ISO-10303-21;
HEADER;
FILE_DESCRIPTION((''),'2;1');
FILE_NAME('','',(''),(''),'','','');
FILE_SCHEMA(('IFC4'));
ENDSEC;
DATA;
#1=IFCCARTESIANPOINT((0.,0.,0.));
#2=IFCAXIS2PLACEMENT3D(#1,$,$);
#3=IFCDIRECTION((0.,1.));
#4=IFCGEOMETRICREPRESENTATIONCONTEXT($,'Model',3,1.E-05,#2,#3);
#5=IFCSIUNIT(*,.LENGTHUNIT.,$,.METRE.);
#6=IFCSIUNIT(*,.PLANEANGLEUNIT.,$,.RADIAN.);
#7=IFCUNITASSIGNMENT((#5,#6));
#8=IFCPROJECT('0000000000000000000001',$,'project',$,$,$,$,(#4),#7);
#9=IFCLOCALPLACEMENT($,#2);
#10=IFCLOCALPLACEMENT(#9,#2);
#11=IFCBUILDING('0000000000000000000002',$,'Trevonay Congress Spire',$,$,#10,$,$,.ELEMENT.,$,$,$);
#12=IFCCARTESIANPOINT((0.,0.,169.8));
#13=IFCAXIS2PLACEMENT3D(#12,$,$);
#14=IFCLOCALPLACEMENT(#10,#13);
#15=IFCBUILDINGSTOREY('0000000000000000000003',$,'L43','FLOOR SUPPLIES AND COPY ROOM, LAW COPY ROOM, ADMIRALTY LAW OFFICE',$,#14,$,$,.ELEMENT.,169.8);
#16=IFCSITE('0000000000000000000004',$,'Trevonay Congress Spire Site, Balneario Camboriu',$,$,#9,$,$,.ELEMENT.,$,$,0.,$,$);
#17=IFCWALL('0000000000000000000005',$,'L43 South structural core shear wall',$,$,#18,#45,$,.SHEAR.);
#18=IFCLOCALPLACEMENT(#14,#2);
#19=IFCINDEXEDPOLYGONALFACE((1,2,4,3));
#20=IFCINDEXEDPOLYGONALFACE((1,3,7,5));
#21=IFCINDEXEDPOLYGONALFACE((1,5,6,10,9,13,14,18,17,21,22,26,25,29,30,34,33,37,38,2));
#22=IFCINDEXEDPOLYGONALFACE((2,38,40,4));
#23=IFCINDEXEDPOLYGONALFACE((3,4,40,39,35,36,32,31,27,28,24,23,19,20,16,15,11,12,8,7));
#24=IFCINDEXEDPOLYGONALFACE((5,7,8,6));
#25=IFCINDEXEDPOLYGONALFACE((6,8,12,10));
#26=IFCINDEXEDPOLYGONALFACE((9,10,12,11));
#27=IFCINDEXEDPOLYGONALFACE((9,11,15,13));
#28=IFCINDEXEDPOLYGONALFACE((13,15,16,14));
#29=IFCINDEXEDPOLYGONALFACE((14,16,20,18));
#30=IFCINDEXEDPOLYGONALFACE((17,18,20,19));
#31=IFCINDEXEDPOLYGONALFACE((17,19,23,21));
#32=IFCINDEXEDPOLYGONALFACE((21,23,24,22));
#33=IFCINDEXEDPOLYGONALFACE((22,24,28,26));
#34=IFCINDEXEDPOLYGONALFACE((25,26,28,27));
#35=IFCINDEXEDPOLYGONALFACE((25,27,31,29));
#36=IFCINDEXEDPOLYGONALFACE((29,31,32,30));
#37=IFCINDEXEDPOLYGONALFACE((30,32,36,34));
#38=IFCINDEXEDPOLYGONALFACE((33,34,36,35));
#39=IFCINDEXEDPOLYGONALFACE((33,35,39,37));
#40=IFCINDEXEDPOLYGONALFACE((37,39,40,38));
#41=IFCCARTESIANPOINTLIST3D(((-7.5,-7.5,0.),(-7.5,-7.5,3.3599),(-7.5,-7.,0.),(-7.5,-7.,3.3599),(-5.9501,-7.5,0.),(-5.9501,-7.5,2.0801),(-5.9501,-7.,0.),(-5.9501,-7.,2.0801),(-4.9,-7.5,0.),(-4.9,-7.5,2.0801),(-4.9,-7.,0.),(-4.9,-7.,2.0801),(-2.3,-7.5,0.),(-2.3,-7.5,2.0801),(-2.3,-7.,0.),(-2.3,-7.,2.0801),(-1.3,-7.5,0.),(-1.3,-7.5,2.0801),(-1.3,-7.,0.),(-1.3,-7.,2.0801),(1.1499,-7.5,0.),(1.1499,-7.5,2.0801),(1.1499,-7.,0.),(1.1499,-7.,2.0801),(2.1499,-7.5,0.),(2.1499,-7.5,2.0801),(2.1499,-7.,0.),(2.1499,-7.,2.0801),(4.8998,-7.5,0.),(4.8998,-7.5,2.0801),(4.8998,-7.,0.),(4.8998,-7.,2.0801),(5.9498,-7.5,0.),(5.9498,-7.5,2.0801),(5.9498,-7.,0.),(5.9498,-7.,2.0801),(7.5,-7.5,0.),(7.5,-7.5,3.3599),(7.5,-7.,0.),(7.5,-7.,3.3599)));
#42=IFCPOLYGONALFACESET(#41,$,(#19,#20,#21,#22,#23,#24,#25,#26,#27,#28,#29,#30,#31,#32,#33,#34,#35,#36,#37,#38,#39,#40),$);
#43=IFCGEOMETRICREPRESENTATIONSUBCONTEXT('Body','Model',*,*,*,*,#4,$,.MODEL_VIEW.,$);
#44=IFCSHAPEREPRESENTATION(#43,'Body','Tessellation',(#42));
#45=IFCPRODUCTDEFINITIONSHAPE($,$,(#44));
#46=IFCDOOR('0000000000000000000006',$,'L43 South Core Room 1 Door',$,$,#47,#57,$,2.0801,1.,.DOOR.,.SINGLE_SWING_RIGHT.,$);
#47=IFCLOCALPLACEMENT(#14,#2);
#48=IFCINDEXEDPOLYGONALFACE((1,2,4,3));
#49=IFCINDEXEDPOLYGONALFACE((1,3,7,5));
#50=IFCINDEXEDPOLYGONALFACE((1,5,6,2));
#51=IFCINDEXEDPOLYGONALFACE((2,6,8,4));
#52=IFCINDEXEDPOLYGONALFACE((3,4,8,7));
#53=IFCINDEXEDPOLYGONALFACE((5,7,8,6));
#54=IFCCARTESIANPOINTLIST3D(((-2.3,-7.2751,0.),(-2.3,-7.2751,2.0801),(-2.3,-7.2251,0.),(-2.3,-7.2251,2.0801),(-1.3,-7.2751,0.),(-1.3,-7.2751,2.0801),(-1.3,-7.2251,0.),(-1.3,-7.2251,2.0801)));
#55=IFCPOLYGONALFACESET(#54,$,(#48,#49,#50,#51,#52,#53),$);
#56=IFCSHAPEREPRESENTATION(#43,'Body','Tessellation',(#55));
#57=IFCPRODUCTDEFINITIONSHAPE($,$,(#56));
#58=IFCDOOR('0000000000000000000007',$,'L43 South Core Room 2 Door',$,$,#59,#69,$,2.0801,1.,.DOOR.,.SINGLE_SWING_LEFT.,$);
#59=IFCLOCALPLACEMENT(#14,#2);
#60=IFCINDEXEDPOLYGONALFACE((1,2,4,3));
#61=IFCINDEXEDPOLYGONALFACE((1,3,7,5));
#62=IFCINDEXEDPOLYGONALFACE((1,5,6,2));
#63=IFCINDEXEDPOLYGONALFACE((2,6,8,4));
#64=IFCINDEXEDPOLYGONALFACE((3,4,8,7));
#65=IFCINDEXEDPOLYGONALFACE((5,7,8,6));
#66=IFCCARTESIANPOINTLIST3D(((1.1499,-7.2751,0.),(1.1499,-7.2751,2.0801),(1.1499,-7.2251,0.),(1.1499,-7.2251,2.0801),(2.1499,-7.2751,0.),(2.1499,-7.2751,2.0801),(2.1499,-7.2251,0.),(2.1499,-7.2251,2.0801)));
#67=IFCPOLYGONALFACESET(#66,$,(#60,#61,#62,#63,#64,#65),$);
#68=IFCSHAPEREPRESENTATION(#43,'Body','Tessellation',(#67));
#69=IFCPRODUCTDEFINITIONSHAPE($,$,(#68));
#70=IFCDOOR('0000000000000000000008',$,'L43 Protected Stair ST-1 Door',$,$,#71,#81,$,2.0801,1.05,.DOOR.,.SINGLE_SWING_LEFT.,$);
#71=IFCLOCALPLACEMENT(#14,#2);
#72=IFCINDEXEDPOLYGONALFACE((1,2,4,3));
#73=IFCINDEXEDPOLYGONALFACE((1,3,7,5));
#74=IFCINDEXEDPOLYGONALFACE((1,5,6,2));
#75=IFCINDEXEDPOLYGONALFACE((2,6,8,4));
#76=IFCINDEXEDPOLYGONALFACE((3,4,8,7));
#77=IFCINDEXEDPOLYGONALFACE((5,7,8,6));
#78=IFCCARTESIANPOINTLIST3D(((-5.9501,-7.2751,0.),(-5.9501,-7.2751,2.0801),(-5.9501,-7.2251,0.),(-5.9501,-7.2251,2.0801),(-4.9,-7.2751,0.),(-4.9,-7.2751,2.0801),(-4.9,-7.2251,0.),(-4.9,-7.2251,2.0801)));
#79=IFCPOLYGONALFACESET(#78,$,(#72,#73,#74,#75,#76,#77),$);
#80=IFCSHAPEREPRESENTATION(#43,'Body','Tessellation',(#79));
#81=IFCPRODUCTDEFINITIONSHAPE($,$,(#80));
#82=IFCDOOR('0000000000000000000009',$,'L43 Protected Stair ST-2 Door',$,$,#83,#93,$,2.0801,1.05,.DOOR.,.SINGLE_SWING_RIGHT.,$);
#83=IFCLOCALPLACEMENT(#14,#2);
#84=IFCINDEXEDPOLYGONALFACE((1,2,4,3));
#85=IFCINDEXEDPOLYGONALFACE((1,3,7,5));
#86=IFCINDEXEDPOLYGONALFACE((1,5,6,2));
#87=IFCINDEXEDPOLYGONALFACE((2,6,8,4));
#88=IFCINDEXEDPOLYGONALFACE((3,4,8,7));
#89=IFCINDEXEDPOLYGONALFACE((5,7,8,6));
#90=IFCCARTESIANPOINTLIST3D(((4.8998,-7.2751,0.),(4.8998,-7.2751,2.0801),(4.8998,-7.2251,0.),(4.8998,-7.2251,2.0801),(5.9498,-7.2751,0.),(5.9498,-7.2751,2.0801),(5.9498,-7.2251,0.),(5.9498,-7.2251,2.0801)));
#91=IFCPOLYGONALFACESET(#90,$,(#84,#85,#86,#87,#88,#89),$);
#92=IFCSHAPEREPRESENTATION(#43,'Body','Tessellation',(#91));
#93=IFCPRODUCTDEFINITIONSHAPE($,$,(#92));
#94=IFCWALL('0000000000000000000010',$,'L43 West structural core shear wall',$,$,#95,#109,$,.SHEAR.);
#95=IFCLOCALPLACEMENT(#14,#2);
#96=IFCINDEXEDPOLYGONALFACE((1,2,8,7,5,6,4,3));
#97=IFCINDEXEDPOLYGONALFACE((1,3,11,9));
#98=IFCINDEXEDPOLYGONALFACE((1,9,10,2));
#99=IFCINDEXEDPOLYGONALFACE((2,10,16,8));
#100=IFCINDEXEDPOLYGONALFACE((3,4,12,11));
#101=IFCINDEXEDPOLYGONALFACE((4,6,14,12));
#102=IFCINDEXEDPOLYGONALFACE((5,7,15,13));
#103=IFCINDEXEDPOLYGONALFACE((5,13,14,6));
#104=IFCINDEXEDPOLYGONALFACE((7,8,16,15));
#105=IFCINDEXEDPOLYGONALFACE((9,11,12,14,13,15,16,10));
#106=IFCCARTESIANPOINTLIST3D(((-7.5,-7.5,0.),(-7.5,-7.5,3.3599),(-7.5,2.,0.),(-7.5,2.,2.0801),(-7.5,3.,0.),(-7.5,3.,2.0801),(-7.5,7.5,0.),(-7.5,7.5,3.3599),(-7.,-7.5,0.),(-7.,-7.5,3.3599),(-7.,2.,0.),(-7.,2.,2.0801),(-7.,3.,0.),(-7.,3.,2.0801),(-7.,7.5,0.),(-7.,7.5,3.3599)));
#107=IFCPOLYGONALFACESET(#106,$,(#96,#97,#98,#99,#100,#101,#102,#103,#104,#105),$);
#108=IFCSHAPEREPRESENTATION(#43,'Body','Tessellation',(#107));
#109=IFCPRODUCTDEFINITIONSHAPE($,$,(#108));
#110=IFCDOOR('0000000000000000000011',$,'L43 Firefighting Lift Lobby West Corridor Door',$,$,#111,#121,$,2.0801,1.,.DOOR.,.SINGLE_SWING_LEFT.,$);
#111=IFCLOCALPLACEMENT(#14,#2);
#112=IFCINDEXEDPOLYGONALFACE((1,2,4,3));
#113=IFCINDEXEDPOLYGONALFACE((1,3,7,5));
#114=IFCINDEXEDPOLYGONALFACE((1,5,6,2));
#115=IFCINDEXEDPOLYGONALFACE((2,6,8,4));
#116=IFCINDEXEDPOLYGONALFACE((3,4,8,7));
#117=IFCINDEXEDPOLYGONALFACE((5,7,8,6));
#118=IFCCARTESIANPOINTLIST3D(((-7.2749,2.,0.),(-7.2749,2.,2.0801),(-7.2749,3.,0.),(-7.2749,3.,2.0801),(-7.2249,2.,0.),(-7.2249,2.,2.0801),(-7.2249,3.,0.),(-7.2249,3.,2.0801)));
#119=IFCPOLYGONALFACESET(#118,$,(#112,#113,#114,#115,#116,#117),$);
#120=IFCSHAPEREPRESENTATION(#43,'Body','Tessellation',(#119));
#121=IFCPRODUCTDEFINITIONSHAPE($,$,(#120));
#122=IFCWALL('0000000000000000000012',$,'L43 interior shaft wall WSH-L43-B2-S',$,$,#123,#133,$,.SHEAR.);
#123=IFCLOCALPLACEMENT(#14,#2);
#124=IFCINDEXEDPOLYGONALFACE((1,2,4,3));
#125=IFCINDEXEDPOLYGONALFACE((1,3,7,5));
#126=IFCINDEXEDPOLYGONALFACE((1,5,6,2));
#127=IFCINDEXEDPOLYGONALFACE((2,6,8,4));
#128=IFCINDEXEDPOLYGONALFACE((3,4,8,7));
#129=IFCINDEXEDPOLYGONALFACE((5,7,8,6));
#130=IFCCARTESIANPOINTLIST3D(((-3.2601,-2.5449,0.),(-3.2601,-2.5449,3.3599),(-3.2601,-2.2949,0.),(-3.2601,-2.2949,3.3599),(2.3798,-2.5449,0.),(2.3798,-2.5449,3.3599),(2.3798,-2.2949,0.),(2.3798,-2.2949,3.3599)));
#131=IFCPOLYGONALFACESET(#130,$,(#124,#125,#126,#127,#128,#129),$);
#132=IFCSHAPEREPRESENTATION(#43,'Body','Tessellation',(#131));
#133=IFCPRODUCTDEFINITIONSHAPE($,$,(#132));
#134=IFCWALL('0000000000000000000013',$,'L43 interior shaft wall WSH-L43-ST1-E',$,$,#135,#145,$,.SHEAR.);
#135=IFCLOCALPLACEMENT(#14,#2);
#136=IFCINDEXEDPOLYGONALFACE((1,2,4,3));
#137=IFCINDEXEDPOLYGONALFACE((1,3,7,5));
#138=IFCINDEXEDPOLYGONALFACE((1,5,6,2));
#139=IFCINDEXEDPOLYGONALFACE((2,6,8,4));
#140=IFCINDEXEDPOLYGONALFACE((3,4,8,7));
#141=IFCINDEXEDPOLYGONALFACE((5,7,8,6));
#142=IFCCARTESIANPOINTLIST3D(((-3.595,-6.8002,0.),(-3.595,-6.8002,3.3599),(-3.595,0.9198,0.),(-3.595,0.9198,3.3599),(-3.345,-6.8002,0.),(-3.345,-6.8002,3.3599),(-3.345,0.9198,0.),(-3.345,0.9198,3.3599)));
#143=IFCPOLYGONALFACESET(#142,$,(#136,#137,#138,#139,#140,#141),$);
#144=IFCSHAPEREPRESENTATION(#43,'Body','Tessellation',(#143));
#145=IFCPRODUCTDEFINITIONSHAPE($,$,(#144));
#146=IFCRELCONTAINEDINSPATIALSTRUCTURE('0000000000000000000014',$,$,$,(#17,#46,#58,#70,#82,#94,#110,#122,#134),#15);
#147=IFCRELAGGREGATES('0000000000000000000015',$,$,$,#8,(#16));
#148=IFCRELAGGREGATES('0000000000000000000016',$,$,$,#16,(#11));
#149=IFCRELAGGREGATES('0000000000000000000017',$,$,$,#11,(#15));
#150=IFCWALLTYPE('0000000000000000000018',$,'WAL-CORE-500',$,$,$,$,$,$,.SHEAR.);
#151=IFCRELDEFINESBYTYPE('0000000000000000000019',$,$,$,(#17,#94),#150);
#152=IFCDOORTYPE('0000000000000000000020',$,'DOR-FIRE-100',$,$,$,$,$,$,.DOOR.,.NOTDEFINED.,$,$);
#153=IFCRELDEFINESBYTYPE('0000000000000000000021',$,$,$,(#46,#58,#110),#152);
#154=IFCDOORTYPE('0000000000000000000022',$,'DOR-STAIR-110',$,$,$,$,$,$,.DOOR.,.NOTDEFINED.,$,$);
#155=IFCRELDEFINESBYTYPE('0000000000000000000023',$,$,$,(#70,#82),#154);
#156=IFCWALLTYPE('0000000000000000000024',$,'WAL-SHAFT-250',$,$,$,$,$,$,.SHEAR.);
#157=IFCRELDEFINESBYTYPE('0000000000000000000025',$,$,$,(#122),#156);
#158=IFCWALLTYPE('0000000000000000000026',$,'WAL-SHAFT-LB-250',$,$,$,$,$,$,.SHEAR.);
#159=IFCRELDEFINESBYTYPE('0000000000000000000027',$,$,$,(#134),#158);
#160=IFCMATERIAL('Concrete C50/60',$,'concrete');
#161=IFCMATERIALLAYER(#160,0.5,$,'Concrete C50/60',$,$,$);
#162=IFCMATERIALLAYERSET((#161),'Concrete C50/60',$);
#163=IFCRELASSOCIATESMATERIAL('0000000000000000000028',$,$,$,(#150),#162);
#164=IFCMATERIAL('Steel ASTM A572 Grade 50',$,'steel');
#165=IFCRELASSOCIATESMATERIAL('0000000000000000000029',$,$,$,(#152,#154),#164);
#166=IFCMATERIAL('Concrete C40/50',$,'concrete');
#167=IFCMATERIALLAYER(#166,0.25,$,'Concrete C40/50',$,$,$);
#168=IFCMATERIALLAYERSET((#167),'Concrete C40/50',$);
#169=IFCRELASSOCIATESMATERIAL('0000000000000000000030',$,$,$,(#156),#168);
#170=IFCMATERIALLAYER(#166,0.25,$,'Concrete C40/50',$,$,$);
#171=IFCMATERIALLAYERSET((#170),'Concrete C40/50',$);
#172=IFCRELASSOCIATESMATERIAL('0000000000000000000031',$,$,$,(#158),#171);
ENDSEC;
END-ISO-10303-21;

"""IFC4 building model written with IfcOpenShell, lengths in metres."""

from ifc_helpers import new_model, si_unit, direction, frame, frame_2d, origin, place, context, subcontext, project, spatial, rectangle, extrude, material, layer, layer_set, type_object, element, fill, save


model = new_model("IFC4")

# Units and contexts
model_context = context("Model", 3, precision=1e-05, world=origin(), true_north=direction((0.0, 1.0)))
body_context = subcontext(model_context, "Body", "Model", "MODEL_VIEW")
ifc_project = project(units=[si_unit("LENGTHUNIT", "METRE"), si_unit("PLANEANGLEUNIT", "RADIAN")], contexts=[model_context])

# Site, building, storey
site_placement = place(None, origin())
site = spatial("IfcSite", under=ifc_project, at=site_placement, Name="Trevonay Congress Spire Site, Balneario Camboriu", CompositionType="ELEMENT", RefElevation=0.0)
building_placement = place(site_placement, origin())
building = spatial("IfcBuilding", under=site, at=building_placement, Name="Trevonay Congress Spire", CompositionType="ELEMENT")
storey_placement = place(building_placement, frame((0.0, 0.0, 169.8)))
storey = spatial("IfcBuildingStorey", under=building, at=storey_placement, Name="L43", Description="FLOOR SUPPLIES AND COPY ROOM, LAW COPY ROOM, ADMIRALTY LAW OFFICE", CompositionType="ELEMENT", Elevation=169.8)

# Shared definitions
ifc_material_1 = material(Name="Steel ASTM A572 Grade 50", Category="steel")

# Wall, openings, doors
ifc_material_2 = material(Name="Concrete C50/60", Category="concrete")
ifc_layer_1 = layer(ifc_material_2, 0.5, Name="Concrete C50/60")
ifc_layer_set_1 = layer_set([ifc_layer_1], Name="Concrete C50/60")
wall_type_1 = type_object("IfcWallType", Name="WAL-CORE-500", PredefinedType="SHEAR", material=ifc_layer_set_1)
wall_1_placement = place(storey_placement, frame((-7.5, -7.25, 0.0), z_axis=(0.0, 0.0, 1.0), x_axis=(1.0, 0.0, 0.0)))
wall_1 = element("IfcWall", 1, at=wall_1_placement, inside=storey, type_object=wall_type_1, Name="L43 South structural core shear wall", PredefinedType="SHEAR", context=body_context, shape_type="SweptSolid", body=[
    extrude(rectangle(XDim=15.0, YDim=0.5, at=frame_2d((7.5, 0.0))), origin(), (0.0, 0.0, 1.0), 3.3599),
])
opening_1_placement = place(wall_1_placement, frame((1.55, 0.0, 0.0)))
opening_1 = element("IfcOpeningElement", 2, at=opening_1_placement, cuts=wall_1, PredefinedType="OPENING", context=body_context, shape_type="SweptSolid", body=[
    extrude(rectangle(XDim=1.05, YDim=2.0801, at=frame_2d((0.5249, 1.04))), frame((0.0, 0.26, 0.0), z_axis=(0.0, -1.0, 0.0), x_axis=(1.0, 0.0, 0.0)), (0.0, 0.0, 1.0), 0.52),
])
opening_2_placement = place(wall_1_placement, frame((12.3999, 0.0, 0.0)))
opening_2 = element("IfcOpeningElement", 3, at=opening_2_placement, cuts=wall_1, PredefinedType="OPENING", context=body_context, shape_type="SweptSolid", body=[
    extrude(rectangle(XDim=1.05, YDim=2.0801, at=frame_2d((0.5249, 1.04))), frame((0.0, 0.26, 0.0), z_axis=(0.0, -1.0, 0.0), x_axis=(1.0, 0.0, 0.0)), (0.0, 0.0, 1.0), 0.52),
])
opening_3_placement = place(wall_1_placement, frame((5.2, 0.0, 0.0)))
opening_3 = element("IfcOpeningElement", 4, at=opening_3_placement, cuts=wall_1, PredefinedType="OPENING", context=body_context, shape_type="SweptSolid", body=[
    extrude(rectangle(XDim=1.0, YDim=2.0801, at=frame_2d((0.5, 1.04))), frame((0.0, 0.26, 0.0), z_axis=(0.0, -1.0, 0.0), x_axis=(1.0, 0.0, 0.0)), (0.0, 0.0, 1.0), 0.52),
])
opening_4_placement = place(wall_1_placement, frame((8.6499, 0.0, 0.0)))
opening_4 = element("IfcOpeningElement", 5, at=opening_4_placement, cuts=wall_1, PredefinedType="OPENING", context=body_context, shape_type="SweptSolid", body=[
    extrude(rectangle(XDim=1.0, YDim=2.0801, at=frame_2d((0.5, 1.04))), frame((0.0, 0.26, 0.0), z_axis=(0.0, -1.0, 0.0), x_axis=(1.0, 0.0, 0.0)), (0.0, 0.0, 1.0), 0.52),
])
door_type_1 = type_object("IfcDoorType", Name="DOR-FIRE-100", OperationType="NOTDEFINED", PredefinedType="DOOR", material=ifc_material_1)
door_1_placement = place(opening_3_placement, origin())
door_1 = element("IfcDoor", 6, at=door_1_placement, inside=storey, type_object=door_type_1, Name="L43 South Core Room 1 Door", OperationType="SINGLE_SWING_RIGHT", OverallHeight=2.0801, OverallWidth=1.0, PredefinedType="DOOR", context=body_context, shape_type="SweptSolid", body=[
    extrude(rectangle(XDim=1.0, YDim=2.0801, at=frame_2d((0.5, 1.04))), frame((0.0, 0.0249, 0.0), z_axis=(0.0, -1.0, 0.0), x_axis=(1.0, 0.0, 0.0)), (0.0, 0.0, 1.0), 0.05),
])
fill(opening_3, door_1)
door_2_placement = place(opening_4_placement, origin())
door_2 = element("IfcDoor", 7, at=door_2_placement, inside=storey, type_object=door_type_1, Name="L43 South Core Room 2 Door", OperationType="SINGLE_SWING_LEFT", OverallHeight=2.0801, OverallWidth=1.0, PredefinedType="DOOR", context=body_context, shape_type="SweptSolid", body=[
    extrude(rectangle(XDim=1.0, YDim=2.0801, at=frame_2d((0.5, 1.04))), frame((0.0, 0.0249, 0.0), z_axis=(0.0, -1.0, 0.0), x_axis=(1.0, 0.0, 0.0)), (0.0, 0.0, 1.0), 0.05),
])
fill(opening_4, door_2)
door_type_2 = type_object("IfcDoorType", Name="DOR-STAIR-110", OperationType="NOTDEFINED", PredefinedType="DOOR", material=ifc_material_1)
door_3_placement = place(opening_1_placement, origin())
door_3 = element("IfcDoor", 8, at=door_3_placement, inside=storey, type_object=door_type_2, Name="L43 Protected Stair ST-1 Door", OperationType="SINGLE_SWING_LEFT", OverallHeight=2.0801, OverallWidth=1.05, PredefinedType="DOOR", context=body_context, shape_type="SweptSolid", body=[
    extrude(rectangle(XDim=1.05, YDim=2.0801, at=frame_2d((0.5249, 1.04))), frame((0.0, 0.0249, 0.0), z_axis=(0.0, -1.0, 0.0), x_axis=(1.0, 0.0, 0.0)), (0.0, 0.0, 1.0), 0.05),
])
fill(opening_1, door_3)
door_4_placement = place(opening_2_placement, origin())
door_4 = element("IfcDoor", 9, at=door_4_placement, inside=storey, type_object=door_type_2, Name="L43 Protected Stair ST-2 Door", OperationType="SINGLE_SWING_RIGHT", OverallHeight=2.0801, OverallWidth=1.05, PredefinedType="DOOR", context=body_context, shape_type="SweptSolid", body=[
    extrude(rectangle(XDim=1.05, YDim=2.0801, at=frame_2d((0.5249, 1.04))), frame((0.0, 0.0249, 0.0), z_axis=(0.0, -1.0, 0.0), x_axis=(1.0, 0.0, 0.0)), (0.0, 0.0, 1.0), 0.05),
])
fill(opening_2, door_4)

# Wall, opening, door
wall_2_placement = place(storey_placement, frame((-7.25, -7.5, 0.0), z_axis=(0.0, 0.0, 1.0), x_axis=(0.0, 1.0, 0.0)))
wall_2 = element("IfcWall", 10, at=wall_2_placement, inside=storey, type_object=wall_type_1, Name="L43 West structural core shear wall", PredefinedType="SHEAR", context=body_context, shape_type="SweptSolid", body=[
    extrude(rectangle(XDim=15.0, YDim=0.5, at=frame_2d((7.5, 0.0))), origin(), (0.0, 0.0, 1.0), 3.3599),
])
opening_5_placement = place(wall_2_placement, frame((9.5, 0.0, 0.0)))
opening_5 = element("IfcOpeningElement", 11, at=opening_5_placement, cuts=wall_2, PredefinedType="OPENING", context=body_context, shape_type="SweptSolid", body=[
    extrude(rectangle(XDim=1.0, YDim=2.0801, at=frame_2d((0.5, 1.04))), frame((0.0, 0.26, 0.0), z_axis=(0.0, -1.0, 0.0), x_axis=(1.0, 0.0, 0.0)), (0.0, 0.0, 1.0), 0.52),
])
door_5_placement = place(opening_5_placement, origin())
door_5 = element("IfcDoor", 12, at=door_5_placement, inside=storey, type_object=door_type_1, Name="L43 Firefighting Lift Lobby West Corridor Door", OperationType="SINGLE_SWING_LEFT", OverallHeight=2.0801, OverallWidth=1.0, PredefinedType="DOOR", context=body_context, shape_type="SweptSolid", body=[
    extrude(rectangle(XDim=1.0, YDim=2.0801, at=frame_2d((0.5, 1.04))), frame((0.0, 0.0249, 0.0), z_axis=(0.0, -1.0, 0.0), x_axis=(1.0, 0.0, 0.0)), (0.0, 0.0, 1.0), 0.05),
])
fill(opening_5, door_5)

# Walls
ifc_material_3 = material(Name="Concrete C40/50", Category="concrete")
ifc_layer_2 = layer(ifc_material_3, 0.25, Name="Concrete C40/50")
ifc_layer_set_2 = layer_set([ifc_layer_2], Name="Concrete C40/50")
wall_type_2 = type_object("IfcWallType", Name="WAL-SHAFT-250", PredefinedType="SHEAR", material=ifc_layer_set_2)
wall_3_placement = place(storey_placement, frame((-3.26, -2.4199, 0.0), z_axis=(0.0, 0.0, 1.0), x_axis=(1.0, 0.0, 0.0)))
element("IfcWall", 13, at=wall_3_placement, inside=storey, type_object=wall_type_2, Name="L43 interior shaft wall WSH-L43-B2-S", PredefinedType="SHEAR", context=body_context, shape_type="SweptSolid", body=[
    extrude(rectangle(XDim=5.6399, YDim=0.25, at=frame_2d((2.8198, 0.0))), origin(), (0.0, 0.0, 1.0), 3.3599),
])
ifc_layer_3 = layer(ifc_material_3, 0.25, Name="Concrete C40/50")
ifc_layer_set_3 = layer_set([ifc_layer_3], Name="Concrete C40/50")
wall_type_3 = type_object("IfcWallType", Name="WAL-SHAFT-LB-250", PredefinedType="SHEAR", material=ifc_layer_set_3)
wall_4_placement = place(storey_placement, frame((-3.47, -6.8, 0.0), z_axis=(0.0, 0.0, 1.0), x_axis=(0.0, 1.0, 0.0)))
element("IfcWall", 14, at=wall_4_placement, inside=storey, type_object=wall_type_3, Name="L43 interior shaft wall WSH-L43-ST1-E", PredefinedType="SHEAR", context=body_context, shape_type="SweptSolid", body=[
    extrude(rectangle(XDim=7.72, YDim=0.25, at=frame_2d((3.8599, 0.0))), origin(), (0.0, 0.0, 1.0), 3.3599),
])

save(model, "model.ifc")
